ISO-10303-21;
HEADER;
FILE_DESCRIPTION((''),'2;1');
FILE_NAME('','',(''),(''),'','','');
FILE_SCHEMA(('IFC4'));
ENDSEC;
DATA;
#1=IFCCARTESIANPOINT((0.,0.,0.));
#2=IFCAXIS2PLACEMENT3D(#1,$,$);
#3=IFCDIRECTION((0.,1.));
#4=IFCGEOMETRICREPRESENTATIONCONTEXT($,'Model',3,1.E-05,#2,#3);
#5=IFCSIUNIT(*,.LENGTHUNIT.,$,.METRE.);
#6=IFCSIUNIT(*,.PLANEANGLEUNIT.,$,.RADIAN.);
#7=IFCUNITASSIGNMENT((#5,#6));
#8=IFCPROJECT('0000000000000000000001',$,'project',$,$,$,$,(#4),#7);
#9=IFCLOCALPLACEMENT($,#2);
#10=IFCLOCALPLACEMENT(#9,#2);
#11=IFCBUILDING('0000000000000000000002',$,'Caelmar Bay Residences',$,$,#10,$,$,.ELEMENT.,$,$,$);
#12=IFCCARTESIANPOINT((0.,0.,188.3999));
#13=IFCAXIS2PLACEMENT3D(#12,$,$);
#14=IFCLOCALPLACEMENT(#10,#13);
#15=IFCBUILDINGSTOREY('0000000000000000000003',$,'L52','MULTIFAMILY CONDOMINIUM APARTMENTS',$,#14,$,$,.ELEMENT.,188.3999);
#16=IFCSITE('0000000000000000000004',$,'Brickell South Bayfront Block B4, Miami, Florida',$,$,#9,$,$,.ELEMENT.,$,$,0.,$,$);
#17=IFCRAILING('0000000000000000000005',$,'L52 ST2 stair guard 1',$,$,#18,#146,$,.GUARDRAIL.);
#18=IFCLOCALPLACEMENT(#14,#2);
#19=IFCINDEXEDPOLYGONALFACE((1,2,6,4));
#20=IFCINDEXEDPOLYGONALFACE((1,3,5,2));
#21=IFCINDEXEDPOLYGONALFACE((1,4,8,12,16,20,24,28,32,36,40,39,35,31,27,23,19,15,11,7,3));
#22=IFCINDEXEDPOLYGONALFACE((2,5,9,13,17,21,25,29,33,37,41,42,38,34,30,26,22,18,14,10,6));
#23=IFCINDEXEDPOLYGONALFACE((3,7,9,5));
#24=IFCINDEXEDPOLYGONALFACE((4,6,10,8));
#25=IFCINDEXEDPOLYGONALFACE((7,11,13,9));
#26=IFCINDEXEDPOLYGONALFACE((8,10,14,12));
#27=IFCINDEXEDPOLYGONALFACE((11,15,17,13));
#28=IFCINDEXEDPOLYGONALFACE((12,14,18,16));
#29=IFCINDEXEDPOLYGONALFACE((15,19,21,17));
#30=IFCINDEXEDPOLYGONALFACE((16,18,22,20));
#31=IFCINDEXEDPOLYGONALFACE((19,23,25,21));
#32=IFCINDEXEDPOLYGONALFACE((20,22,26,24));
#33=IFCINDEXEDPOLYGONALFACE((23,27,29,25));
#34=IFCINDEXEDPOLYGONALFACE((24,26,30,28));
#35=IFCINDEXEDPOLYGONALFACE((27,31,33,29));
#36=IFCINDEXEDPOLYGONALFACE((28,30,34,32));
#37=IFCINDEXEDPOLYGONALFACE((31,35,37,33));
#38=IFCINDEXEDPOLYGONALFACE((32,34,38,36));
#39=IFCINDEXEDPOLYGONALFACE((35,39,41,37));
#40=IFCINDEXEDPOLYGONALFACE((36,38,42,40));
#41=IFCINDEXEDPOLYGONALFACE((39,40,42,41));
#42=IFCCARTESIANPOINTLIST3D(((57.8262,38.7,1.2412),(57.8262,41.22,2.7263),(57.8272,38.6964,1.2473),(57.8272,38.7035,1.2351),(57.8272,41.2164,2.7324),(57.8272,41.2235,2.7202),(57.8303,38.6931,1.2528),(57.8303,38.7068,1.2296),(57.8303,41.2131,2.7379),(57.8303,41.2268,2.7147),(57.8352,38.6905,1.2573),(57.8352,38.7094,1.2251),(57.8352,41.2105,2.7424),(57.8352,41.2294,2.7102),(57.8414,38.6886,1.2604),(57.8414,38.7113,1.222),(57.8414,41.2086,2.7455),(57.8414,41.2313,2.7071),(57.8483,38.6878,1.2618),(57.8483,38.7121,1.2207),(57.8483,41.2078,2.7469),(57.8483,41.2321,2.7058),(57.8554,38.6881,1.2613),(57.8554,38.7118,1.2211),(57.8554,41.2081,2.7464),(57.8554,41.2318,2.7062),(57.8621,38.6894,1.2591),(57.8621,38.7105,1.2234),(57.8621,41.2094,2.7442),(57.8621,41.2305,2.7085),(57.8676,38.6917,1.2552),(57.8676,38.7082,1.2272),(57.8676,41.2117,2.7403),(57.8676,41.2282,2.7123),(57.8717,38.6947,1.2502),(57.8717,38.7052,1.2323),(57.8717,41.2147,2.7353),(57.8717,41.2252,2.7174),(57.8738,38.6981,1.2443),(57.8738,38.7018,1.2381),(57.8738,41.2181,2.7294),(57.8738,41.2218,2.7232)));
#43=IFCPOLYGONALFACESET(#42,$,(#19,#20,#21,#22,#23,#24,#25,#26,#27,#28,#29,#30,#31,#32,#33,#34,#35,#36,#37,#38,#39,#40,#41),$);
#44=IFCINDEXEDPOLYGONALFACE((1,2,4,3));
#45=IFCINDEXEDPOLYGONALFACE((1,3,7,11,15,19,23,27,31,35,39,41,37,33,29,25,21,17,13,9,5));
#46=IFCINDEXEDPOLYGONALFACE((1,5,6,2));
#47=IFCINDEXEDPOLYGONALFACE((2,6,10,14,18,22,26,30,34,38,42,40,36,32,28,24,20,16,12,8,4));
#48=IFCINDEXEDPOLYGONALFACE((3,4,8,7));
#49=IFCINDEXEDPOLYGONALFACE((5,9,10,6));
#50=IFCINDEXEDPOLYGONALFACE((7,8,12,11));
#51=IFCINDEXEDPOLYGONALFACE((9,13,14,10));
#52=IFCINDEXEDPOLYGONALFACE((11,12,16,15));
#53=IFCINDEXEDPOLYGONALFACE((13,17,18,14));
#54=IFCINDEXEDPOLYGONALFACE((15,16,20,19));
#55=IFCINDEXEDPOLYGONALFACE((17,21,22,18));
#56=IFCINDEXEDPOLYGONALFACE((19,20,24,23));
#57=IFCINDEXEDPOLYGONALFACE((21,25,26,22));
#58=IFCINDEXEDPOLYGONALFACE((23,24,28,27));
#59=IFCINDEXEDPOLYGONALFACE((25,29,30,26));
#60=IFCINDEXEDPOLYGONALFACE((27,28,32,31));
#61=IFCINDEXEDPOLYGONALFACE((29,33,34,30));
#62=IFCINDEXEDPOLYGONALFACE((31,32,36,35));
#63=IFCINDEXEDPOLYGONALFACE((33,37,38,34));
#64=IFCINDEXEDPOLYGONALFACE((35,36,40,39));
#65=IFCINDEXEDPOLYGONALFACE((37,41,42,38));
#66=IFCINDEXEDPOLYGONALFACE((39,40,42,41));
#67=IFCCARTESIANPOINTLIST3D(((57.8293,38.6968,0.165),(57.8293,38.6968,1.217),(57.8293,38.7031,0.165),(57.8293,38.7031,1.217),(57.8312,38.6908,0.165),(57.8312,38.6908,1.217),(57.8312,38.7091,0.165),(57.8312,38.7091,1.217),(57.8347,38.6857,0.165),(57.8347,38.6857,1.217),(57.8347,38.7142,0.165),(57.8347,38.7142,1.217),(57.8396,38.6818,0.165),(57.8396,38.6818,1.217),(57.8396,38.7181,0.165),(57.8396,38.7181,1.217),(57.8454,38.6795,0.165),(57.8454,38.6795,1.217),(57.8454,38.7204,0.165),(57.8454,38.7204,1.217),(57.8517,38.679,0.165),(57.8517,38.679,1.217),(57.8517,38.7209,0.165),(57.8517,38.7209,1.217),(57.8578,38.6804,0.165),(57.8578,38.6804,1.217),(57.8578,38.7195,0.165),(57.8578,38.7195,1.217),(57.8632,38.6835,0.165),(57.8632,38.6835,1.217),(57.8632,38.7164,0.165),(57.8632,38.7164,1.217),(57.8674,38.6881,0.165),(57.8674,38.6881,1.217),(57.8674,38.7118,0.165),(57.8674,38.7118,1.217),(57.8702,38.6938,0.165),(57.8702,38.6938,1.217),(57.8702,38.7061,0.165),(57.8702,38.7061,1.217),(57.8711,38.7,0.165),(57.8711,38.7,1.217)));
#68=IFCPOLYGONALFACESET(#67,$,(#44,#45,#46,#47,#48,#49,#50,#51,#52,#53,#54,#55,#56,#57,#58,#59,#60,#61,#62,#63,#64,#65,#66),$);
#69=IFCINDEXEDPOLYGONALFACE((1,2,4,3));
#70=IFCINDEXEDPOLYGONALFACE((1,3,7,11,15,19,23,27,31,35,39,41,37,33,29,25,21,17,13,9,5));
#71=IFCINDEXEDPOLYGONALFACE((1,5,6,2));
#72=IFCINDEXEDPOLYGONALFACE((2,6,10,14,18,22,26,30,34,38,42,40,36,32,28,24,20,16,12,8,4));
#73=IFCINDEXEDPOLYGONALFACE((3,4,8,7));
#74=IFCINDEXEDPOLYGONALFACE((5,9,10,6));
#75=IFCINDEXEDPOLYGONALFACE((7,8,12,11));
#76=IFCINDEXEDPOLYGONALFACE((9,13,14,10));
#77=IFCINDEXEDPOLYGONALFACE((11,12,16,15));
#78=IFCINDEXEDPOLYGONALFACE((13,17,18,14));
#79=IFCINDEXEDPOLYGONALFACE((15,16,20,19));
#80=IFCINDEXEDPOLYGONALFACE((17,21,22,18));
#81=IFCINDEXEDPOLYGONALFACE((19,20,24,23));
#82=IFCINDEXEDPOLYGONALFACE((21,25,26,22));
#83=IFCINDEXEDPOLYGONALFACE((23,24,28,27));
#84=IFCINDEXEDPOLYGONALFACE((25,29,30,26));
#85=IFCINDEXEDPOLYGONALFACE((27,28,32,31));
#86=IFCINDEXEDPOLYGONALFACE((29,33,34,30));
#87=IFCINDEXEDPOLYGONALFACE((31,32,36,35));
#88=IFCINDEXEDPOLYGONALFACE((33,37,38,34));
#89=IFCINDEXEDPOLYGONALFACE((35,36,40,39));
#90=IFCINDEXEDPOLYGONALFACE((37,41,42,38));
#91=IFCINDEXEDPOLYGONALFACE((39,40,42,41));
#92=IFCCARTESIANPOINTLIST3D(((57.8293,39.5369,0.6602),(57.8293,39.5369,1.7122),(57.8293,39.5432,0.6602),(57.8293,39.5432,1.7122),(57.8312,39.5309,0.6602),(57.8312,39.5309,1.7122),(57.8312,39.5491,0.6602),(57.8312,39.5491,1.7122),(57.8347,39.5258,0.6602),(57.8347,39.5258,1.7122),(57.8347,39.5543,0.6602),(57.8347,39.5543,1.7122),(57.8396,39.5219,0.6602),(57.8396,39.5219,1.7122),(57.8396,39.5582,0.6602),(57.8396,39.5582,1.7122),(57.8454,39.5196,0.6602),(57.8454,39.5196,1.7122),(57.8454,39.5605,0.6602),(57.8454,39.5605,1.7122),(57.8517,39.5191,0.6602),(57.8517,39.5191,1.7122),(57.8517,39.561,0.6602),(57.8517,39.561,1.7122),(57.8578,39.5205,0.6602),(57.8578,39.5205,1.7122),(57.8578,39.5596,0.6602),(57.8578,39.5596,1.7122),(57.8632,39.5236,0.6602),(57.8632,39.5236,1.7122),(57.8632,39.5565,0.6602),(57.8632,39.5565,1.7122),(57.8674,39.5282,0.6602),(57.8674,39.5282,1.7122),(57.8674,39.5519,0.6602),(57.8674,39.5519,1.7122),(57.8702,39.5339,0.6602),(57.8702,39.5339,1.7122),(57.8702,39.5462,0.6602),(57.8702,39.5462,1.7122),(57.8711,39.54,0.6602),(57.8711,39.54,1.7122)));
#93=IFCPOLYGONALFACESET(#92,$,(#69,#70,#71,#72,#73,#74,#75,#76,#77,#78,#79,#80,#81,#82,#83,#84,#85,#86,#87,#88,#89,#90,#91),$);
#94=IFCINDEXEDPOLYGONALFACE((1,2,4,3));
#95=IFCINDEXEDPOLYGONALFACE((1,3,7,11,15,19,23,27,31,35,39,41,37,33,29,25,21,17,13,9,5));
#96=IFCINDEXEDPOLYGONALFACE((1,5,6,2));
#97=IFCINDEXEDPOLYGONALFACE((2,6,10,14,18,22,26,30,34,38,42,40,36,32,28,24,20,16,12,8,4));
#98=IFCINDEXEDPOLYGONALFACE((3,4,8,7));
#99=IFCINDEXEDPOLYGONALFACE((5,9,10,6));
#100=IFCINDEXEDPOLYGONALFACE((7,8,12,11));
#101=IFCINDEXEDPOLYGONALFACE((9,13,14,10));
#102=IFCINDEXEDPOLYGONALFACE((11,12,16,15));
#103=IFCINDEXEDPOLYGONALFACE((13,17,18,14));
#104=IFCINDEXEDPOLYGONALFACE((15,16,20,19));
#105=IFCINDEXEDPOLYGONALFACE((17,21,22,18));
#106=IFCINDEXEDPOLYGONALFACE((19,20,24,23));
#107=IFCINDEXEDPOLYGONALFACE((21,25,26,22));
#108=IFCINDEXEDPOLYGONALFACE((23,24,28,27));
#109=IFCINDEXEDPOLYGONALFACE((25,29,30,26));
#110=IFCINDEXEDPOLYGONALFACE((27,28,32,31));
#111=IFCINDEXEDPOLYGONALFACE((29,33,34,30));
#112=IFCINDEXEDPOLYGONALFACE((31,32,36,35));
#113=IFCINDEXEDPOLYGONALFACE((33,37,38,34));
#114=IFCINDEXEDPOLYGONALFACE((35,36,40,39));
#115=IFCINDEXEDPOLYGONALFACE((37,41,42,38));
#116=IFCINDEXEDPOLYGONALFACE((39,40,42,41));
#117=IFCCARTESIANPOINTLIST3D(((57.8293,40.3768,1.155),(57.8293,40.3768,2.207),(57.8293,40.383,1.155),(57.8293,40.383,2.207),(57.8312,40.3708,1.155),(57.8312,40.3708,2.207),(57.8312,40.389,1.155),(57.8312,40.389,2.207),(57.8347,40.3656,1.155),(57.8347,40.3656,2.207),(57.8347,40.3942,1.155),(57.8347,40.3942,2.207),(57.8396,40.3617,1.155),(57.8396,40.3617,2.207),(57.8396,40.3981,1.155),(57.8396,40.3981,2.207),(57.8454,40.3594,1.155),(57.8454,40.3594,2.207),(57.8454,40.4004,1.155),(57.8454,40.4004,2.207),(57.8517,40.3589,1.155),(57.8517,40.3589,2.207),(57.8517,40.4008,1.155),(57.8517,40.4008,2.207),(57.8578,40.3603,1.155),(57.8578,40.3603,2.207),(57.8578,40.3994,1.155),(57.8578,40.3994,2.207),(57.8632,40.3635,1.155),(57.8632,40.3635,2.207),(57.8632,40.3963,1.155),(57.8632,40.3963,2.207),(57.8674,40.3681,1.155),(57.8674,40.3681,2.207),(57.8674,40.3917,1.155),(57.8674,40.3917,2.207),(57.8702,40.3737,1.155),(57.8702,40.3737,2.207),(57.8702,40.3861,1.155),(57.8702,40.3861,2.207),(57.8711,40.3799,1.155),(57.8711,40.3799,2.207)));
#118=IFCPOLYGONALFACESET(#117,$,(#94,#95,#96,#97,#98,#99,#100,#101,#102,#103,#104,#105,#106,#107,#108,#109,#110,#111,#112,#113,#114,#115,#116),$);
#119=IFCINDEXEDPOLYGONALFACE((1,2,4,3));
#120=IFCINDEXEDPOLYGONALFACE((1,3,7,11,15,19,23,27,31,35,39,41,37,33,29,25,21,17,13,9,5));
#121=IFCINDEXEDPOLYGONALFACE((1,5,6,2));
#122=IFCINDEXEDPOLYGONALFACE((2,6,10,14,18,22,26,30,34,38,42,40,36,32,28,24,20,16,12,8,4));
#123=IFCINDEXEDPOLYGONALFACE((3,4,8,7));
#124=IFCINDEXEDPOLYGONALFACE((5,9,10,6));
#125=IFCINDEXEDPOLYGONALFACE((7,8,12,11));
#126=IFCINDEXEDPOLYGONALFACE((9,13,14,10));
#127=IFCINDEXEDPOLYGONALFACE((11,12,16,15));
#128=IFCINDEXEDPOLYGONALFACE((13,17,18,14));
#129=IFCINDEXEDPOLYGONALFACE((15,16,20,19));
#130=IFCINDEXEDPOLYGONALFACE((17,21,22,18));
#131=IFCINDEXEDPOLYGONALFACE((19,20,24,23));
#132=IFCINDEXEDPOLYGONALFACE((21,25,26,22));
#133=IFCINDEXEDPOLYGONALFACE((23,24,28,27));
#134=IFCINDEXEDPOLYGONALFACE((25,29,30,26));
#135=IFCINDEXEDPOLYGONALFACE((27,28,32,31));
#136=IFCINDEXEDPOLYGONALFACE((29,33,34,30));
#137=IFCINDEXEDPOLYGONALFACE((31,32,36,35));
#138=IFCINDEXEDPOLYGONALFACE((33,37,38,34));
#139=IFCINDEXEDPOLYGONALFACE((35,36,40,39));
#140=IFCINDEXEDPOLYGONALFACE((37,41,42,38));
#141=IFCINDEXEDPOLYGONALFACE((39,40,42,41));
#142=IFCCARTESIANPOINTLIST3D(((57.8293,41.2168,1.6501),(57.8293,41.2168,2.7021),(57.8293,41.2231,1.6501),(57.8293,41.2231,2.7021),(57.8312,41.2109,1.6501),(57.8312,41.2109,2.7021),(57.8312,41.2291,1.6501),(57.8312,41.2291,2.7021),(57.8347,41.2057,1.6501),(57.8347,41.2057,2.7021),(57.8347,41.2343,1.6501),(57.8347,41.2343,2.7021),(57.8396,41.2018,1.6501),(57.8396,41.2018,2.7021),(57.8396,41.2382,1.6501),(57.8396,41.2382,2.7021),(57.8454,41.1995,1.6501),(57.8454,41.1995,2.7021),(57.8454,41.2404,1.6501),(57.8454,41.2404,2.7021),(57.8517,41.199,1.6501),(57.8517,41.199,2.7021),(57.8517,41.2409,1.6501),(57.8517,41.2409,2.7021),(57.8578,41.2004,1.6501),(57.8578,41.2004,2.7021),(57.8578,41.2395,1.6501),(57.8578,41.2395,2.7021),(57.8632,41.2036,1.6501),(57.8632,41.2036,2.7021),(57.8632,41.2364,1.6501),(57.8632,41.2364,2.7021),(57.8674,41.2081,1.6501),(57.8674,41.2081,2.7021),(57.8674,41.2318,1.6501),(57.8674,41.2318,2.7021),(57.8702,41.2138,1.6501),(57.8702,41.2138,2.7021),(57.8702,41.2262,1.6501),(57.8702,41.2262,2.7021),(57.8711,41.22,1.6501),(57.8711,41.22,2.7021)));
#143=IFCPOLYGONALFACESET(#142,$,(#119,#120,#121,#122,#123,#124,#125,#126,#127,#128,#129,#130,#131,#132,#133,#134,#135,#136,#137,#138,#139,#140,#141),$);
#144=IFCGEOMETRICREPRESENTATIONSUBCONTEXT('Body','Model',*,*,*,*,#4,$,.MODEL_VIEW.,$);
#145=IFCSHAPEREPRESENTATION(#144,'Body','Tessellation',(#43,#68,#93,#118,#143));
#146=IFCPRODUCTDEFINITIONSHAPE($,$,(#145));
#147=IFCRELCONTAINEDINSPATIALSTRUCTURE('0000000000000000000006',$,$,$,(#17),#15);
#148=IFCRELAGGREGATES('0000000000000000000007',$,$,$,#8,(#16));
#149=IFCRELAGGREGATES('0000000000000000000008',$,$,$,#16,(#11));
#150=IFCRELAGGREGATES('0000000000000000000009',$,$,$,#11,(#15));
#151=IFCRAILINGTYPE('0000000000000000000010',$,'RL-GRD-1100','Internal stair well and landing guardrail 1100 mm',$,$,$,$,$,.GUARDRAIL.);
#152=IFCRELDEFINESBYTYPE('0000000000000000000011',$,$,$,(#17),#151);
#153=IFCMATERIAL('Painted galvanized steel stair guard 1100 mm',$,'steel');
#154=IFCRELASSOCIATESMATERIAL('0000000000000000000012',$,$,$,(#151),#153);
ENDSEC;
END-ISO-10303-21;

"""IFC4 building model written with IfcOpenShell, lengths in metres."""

from ifc_helpers import new_model, si_unit, direction, frame, origin, origin_2d, place, context, subcontext, project, spatial, circle, extrude, material, type_object, element, save


model = new_model("IFC4")

# Units and contexts
model_context = context("Model", 3, precision=1e-05, world=origin(), true_north=direction((0.0, 1.0)))
body_context = subcontext(model_context, "Body", "Model", "MODEL_VIEW")
ifc_project = project(units=[si_unit("LENGTHUNIT", "METRE"), si_unit("PLANEANGLEUNIT", "RADIAN")], contexts=[model_context])

# Site, building, storey
site_placement = place(None, origin())
site = spatial("IfcSite", under=ifc_project, at=site_placement, Name="Brickell South Bayfront Block B4, Miami, Florida", CompositionType="ELEMENT", RefElevation=0.0)
building_placement = place(site_placement, origin())
building = spatial("IfcBuilding", under=site, at=building_placement, Name="Caelmar Bay Residences", CompositionType="ELEMENT")
storey_placement = place(building_placement, frame((0.0, 0.0, 188.3999)))
storey = spatial("IfcBuildingStorey", under=building, at=storey_placement, Name="L52", Description="MULTIFAMILY CONDOMINIUM APARTMENTS", CompositionType="ELEMENT", Elevation=188.3999)

# Railing
ifc_material_1 = material(Name="Painted galvanized steel stair guard 1100 mm", Category="steel")
railing_type_1 = type_object("IfcRailingType", Name="RL-GRD-1100", Description="Internal stair well and landing guardrail 1100 mm", PredefinedType="GUARDRAIL", material=ifc_material_1)
railing_1_placement = place(storey_placement, frame((57.8501, 38.7, 0.165)))
element("IfcRailing", 1, at=railing_1_placement, inside=storey, type_object=railing_type_1, Name="L52 ST2 stair guard 1", PredefinedType="GUARDRAIL", context=body_context, shape_type="SweptSolid", body=[
    extrude(circle(Radius=0.0239, at=origin_2d()), frame((0.0, 0.0, 1.0762), z_axis=(0.0, 0.861524, 0.507717), x_axis=(-1.0, 0.0, 0.0)), (0.0, 0.0, 1.0), 2.925),
    extrude(circle(Radius=0.021, at=origin_2d()), origin(), (0.0, 0.0, 1.0), 1.052),
    extrude(circle(Radius=0.021, at=origin_2d()), frame((0.0, 0.8401, 0.4951)), (0.0, 0.0, 1.0), 1.052),
    extrude(circle(Radius=0.021, at=origin_2d()), frame((0.0, 1.6799, 0.99)), (0.0, 0.0, 1.0), 1.052),
    extrude(circle(Radius=0.021, at=origin_2d()), frame((0.0, 2.52, 1.4851)), (0.0, 0.0, 1.0), 1.052),
])

save(model, "model.ifc")
